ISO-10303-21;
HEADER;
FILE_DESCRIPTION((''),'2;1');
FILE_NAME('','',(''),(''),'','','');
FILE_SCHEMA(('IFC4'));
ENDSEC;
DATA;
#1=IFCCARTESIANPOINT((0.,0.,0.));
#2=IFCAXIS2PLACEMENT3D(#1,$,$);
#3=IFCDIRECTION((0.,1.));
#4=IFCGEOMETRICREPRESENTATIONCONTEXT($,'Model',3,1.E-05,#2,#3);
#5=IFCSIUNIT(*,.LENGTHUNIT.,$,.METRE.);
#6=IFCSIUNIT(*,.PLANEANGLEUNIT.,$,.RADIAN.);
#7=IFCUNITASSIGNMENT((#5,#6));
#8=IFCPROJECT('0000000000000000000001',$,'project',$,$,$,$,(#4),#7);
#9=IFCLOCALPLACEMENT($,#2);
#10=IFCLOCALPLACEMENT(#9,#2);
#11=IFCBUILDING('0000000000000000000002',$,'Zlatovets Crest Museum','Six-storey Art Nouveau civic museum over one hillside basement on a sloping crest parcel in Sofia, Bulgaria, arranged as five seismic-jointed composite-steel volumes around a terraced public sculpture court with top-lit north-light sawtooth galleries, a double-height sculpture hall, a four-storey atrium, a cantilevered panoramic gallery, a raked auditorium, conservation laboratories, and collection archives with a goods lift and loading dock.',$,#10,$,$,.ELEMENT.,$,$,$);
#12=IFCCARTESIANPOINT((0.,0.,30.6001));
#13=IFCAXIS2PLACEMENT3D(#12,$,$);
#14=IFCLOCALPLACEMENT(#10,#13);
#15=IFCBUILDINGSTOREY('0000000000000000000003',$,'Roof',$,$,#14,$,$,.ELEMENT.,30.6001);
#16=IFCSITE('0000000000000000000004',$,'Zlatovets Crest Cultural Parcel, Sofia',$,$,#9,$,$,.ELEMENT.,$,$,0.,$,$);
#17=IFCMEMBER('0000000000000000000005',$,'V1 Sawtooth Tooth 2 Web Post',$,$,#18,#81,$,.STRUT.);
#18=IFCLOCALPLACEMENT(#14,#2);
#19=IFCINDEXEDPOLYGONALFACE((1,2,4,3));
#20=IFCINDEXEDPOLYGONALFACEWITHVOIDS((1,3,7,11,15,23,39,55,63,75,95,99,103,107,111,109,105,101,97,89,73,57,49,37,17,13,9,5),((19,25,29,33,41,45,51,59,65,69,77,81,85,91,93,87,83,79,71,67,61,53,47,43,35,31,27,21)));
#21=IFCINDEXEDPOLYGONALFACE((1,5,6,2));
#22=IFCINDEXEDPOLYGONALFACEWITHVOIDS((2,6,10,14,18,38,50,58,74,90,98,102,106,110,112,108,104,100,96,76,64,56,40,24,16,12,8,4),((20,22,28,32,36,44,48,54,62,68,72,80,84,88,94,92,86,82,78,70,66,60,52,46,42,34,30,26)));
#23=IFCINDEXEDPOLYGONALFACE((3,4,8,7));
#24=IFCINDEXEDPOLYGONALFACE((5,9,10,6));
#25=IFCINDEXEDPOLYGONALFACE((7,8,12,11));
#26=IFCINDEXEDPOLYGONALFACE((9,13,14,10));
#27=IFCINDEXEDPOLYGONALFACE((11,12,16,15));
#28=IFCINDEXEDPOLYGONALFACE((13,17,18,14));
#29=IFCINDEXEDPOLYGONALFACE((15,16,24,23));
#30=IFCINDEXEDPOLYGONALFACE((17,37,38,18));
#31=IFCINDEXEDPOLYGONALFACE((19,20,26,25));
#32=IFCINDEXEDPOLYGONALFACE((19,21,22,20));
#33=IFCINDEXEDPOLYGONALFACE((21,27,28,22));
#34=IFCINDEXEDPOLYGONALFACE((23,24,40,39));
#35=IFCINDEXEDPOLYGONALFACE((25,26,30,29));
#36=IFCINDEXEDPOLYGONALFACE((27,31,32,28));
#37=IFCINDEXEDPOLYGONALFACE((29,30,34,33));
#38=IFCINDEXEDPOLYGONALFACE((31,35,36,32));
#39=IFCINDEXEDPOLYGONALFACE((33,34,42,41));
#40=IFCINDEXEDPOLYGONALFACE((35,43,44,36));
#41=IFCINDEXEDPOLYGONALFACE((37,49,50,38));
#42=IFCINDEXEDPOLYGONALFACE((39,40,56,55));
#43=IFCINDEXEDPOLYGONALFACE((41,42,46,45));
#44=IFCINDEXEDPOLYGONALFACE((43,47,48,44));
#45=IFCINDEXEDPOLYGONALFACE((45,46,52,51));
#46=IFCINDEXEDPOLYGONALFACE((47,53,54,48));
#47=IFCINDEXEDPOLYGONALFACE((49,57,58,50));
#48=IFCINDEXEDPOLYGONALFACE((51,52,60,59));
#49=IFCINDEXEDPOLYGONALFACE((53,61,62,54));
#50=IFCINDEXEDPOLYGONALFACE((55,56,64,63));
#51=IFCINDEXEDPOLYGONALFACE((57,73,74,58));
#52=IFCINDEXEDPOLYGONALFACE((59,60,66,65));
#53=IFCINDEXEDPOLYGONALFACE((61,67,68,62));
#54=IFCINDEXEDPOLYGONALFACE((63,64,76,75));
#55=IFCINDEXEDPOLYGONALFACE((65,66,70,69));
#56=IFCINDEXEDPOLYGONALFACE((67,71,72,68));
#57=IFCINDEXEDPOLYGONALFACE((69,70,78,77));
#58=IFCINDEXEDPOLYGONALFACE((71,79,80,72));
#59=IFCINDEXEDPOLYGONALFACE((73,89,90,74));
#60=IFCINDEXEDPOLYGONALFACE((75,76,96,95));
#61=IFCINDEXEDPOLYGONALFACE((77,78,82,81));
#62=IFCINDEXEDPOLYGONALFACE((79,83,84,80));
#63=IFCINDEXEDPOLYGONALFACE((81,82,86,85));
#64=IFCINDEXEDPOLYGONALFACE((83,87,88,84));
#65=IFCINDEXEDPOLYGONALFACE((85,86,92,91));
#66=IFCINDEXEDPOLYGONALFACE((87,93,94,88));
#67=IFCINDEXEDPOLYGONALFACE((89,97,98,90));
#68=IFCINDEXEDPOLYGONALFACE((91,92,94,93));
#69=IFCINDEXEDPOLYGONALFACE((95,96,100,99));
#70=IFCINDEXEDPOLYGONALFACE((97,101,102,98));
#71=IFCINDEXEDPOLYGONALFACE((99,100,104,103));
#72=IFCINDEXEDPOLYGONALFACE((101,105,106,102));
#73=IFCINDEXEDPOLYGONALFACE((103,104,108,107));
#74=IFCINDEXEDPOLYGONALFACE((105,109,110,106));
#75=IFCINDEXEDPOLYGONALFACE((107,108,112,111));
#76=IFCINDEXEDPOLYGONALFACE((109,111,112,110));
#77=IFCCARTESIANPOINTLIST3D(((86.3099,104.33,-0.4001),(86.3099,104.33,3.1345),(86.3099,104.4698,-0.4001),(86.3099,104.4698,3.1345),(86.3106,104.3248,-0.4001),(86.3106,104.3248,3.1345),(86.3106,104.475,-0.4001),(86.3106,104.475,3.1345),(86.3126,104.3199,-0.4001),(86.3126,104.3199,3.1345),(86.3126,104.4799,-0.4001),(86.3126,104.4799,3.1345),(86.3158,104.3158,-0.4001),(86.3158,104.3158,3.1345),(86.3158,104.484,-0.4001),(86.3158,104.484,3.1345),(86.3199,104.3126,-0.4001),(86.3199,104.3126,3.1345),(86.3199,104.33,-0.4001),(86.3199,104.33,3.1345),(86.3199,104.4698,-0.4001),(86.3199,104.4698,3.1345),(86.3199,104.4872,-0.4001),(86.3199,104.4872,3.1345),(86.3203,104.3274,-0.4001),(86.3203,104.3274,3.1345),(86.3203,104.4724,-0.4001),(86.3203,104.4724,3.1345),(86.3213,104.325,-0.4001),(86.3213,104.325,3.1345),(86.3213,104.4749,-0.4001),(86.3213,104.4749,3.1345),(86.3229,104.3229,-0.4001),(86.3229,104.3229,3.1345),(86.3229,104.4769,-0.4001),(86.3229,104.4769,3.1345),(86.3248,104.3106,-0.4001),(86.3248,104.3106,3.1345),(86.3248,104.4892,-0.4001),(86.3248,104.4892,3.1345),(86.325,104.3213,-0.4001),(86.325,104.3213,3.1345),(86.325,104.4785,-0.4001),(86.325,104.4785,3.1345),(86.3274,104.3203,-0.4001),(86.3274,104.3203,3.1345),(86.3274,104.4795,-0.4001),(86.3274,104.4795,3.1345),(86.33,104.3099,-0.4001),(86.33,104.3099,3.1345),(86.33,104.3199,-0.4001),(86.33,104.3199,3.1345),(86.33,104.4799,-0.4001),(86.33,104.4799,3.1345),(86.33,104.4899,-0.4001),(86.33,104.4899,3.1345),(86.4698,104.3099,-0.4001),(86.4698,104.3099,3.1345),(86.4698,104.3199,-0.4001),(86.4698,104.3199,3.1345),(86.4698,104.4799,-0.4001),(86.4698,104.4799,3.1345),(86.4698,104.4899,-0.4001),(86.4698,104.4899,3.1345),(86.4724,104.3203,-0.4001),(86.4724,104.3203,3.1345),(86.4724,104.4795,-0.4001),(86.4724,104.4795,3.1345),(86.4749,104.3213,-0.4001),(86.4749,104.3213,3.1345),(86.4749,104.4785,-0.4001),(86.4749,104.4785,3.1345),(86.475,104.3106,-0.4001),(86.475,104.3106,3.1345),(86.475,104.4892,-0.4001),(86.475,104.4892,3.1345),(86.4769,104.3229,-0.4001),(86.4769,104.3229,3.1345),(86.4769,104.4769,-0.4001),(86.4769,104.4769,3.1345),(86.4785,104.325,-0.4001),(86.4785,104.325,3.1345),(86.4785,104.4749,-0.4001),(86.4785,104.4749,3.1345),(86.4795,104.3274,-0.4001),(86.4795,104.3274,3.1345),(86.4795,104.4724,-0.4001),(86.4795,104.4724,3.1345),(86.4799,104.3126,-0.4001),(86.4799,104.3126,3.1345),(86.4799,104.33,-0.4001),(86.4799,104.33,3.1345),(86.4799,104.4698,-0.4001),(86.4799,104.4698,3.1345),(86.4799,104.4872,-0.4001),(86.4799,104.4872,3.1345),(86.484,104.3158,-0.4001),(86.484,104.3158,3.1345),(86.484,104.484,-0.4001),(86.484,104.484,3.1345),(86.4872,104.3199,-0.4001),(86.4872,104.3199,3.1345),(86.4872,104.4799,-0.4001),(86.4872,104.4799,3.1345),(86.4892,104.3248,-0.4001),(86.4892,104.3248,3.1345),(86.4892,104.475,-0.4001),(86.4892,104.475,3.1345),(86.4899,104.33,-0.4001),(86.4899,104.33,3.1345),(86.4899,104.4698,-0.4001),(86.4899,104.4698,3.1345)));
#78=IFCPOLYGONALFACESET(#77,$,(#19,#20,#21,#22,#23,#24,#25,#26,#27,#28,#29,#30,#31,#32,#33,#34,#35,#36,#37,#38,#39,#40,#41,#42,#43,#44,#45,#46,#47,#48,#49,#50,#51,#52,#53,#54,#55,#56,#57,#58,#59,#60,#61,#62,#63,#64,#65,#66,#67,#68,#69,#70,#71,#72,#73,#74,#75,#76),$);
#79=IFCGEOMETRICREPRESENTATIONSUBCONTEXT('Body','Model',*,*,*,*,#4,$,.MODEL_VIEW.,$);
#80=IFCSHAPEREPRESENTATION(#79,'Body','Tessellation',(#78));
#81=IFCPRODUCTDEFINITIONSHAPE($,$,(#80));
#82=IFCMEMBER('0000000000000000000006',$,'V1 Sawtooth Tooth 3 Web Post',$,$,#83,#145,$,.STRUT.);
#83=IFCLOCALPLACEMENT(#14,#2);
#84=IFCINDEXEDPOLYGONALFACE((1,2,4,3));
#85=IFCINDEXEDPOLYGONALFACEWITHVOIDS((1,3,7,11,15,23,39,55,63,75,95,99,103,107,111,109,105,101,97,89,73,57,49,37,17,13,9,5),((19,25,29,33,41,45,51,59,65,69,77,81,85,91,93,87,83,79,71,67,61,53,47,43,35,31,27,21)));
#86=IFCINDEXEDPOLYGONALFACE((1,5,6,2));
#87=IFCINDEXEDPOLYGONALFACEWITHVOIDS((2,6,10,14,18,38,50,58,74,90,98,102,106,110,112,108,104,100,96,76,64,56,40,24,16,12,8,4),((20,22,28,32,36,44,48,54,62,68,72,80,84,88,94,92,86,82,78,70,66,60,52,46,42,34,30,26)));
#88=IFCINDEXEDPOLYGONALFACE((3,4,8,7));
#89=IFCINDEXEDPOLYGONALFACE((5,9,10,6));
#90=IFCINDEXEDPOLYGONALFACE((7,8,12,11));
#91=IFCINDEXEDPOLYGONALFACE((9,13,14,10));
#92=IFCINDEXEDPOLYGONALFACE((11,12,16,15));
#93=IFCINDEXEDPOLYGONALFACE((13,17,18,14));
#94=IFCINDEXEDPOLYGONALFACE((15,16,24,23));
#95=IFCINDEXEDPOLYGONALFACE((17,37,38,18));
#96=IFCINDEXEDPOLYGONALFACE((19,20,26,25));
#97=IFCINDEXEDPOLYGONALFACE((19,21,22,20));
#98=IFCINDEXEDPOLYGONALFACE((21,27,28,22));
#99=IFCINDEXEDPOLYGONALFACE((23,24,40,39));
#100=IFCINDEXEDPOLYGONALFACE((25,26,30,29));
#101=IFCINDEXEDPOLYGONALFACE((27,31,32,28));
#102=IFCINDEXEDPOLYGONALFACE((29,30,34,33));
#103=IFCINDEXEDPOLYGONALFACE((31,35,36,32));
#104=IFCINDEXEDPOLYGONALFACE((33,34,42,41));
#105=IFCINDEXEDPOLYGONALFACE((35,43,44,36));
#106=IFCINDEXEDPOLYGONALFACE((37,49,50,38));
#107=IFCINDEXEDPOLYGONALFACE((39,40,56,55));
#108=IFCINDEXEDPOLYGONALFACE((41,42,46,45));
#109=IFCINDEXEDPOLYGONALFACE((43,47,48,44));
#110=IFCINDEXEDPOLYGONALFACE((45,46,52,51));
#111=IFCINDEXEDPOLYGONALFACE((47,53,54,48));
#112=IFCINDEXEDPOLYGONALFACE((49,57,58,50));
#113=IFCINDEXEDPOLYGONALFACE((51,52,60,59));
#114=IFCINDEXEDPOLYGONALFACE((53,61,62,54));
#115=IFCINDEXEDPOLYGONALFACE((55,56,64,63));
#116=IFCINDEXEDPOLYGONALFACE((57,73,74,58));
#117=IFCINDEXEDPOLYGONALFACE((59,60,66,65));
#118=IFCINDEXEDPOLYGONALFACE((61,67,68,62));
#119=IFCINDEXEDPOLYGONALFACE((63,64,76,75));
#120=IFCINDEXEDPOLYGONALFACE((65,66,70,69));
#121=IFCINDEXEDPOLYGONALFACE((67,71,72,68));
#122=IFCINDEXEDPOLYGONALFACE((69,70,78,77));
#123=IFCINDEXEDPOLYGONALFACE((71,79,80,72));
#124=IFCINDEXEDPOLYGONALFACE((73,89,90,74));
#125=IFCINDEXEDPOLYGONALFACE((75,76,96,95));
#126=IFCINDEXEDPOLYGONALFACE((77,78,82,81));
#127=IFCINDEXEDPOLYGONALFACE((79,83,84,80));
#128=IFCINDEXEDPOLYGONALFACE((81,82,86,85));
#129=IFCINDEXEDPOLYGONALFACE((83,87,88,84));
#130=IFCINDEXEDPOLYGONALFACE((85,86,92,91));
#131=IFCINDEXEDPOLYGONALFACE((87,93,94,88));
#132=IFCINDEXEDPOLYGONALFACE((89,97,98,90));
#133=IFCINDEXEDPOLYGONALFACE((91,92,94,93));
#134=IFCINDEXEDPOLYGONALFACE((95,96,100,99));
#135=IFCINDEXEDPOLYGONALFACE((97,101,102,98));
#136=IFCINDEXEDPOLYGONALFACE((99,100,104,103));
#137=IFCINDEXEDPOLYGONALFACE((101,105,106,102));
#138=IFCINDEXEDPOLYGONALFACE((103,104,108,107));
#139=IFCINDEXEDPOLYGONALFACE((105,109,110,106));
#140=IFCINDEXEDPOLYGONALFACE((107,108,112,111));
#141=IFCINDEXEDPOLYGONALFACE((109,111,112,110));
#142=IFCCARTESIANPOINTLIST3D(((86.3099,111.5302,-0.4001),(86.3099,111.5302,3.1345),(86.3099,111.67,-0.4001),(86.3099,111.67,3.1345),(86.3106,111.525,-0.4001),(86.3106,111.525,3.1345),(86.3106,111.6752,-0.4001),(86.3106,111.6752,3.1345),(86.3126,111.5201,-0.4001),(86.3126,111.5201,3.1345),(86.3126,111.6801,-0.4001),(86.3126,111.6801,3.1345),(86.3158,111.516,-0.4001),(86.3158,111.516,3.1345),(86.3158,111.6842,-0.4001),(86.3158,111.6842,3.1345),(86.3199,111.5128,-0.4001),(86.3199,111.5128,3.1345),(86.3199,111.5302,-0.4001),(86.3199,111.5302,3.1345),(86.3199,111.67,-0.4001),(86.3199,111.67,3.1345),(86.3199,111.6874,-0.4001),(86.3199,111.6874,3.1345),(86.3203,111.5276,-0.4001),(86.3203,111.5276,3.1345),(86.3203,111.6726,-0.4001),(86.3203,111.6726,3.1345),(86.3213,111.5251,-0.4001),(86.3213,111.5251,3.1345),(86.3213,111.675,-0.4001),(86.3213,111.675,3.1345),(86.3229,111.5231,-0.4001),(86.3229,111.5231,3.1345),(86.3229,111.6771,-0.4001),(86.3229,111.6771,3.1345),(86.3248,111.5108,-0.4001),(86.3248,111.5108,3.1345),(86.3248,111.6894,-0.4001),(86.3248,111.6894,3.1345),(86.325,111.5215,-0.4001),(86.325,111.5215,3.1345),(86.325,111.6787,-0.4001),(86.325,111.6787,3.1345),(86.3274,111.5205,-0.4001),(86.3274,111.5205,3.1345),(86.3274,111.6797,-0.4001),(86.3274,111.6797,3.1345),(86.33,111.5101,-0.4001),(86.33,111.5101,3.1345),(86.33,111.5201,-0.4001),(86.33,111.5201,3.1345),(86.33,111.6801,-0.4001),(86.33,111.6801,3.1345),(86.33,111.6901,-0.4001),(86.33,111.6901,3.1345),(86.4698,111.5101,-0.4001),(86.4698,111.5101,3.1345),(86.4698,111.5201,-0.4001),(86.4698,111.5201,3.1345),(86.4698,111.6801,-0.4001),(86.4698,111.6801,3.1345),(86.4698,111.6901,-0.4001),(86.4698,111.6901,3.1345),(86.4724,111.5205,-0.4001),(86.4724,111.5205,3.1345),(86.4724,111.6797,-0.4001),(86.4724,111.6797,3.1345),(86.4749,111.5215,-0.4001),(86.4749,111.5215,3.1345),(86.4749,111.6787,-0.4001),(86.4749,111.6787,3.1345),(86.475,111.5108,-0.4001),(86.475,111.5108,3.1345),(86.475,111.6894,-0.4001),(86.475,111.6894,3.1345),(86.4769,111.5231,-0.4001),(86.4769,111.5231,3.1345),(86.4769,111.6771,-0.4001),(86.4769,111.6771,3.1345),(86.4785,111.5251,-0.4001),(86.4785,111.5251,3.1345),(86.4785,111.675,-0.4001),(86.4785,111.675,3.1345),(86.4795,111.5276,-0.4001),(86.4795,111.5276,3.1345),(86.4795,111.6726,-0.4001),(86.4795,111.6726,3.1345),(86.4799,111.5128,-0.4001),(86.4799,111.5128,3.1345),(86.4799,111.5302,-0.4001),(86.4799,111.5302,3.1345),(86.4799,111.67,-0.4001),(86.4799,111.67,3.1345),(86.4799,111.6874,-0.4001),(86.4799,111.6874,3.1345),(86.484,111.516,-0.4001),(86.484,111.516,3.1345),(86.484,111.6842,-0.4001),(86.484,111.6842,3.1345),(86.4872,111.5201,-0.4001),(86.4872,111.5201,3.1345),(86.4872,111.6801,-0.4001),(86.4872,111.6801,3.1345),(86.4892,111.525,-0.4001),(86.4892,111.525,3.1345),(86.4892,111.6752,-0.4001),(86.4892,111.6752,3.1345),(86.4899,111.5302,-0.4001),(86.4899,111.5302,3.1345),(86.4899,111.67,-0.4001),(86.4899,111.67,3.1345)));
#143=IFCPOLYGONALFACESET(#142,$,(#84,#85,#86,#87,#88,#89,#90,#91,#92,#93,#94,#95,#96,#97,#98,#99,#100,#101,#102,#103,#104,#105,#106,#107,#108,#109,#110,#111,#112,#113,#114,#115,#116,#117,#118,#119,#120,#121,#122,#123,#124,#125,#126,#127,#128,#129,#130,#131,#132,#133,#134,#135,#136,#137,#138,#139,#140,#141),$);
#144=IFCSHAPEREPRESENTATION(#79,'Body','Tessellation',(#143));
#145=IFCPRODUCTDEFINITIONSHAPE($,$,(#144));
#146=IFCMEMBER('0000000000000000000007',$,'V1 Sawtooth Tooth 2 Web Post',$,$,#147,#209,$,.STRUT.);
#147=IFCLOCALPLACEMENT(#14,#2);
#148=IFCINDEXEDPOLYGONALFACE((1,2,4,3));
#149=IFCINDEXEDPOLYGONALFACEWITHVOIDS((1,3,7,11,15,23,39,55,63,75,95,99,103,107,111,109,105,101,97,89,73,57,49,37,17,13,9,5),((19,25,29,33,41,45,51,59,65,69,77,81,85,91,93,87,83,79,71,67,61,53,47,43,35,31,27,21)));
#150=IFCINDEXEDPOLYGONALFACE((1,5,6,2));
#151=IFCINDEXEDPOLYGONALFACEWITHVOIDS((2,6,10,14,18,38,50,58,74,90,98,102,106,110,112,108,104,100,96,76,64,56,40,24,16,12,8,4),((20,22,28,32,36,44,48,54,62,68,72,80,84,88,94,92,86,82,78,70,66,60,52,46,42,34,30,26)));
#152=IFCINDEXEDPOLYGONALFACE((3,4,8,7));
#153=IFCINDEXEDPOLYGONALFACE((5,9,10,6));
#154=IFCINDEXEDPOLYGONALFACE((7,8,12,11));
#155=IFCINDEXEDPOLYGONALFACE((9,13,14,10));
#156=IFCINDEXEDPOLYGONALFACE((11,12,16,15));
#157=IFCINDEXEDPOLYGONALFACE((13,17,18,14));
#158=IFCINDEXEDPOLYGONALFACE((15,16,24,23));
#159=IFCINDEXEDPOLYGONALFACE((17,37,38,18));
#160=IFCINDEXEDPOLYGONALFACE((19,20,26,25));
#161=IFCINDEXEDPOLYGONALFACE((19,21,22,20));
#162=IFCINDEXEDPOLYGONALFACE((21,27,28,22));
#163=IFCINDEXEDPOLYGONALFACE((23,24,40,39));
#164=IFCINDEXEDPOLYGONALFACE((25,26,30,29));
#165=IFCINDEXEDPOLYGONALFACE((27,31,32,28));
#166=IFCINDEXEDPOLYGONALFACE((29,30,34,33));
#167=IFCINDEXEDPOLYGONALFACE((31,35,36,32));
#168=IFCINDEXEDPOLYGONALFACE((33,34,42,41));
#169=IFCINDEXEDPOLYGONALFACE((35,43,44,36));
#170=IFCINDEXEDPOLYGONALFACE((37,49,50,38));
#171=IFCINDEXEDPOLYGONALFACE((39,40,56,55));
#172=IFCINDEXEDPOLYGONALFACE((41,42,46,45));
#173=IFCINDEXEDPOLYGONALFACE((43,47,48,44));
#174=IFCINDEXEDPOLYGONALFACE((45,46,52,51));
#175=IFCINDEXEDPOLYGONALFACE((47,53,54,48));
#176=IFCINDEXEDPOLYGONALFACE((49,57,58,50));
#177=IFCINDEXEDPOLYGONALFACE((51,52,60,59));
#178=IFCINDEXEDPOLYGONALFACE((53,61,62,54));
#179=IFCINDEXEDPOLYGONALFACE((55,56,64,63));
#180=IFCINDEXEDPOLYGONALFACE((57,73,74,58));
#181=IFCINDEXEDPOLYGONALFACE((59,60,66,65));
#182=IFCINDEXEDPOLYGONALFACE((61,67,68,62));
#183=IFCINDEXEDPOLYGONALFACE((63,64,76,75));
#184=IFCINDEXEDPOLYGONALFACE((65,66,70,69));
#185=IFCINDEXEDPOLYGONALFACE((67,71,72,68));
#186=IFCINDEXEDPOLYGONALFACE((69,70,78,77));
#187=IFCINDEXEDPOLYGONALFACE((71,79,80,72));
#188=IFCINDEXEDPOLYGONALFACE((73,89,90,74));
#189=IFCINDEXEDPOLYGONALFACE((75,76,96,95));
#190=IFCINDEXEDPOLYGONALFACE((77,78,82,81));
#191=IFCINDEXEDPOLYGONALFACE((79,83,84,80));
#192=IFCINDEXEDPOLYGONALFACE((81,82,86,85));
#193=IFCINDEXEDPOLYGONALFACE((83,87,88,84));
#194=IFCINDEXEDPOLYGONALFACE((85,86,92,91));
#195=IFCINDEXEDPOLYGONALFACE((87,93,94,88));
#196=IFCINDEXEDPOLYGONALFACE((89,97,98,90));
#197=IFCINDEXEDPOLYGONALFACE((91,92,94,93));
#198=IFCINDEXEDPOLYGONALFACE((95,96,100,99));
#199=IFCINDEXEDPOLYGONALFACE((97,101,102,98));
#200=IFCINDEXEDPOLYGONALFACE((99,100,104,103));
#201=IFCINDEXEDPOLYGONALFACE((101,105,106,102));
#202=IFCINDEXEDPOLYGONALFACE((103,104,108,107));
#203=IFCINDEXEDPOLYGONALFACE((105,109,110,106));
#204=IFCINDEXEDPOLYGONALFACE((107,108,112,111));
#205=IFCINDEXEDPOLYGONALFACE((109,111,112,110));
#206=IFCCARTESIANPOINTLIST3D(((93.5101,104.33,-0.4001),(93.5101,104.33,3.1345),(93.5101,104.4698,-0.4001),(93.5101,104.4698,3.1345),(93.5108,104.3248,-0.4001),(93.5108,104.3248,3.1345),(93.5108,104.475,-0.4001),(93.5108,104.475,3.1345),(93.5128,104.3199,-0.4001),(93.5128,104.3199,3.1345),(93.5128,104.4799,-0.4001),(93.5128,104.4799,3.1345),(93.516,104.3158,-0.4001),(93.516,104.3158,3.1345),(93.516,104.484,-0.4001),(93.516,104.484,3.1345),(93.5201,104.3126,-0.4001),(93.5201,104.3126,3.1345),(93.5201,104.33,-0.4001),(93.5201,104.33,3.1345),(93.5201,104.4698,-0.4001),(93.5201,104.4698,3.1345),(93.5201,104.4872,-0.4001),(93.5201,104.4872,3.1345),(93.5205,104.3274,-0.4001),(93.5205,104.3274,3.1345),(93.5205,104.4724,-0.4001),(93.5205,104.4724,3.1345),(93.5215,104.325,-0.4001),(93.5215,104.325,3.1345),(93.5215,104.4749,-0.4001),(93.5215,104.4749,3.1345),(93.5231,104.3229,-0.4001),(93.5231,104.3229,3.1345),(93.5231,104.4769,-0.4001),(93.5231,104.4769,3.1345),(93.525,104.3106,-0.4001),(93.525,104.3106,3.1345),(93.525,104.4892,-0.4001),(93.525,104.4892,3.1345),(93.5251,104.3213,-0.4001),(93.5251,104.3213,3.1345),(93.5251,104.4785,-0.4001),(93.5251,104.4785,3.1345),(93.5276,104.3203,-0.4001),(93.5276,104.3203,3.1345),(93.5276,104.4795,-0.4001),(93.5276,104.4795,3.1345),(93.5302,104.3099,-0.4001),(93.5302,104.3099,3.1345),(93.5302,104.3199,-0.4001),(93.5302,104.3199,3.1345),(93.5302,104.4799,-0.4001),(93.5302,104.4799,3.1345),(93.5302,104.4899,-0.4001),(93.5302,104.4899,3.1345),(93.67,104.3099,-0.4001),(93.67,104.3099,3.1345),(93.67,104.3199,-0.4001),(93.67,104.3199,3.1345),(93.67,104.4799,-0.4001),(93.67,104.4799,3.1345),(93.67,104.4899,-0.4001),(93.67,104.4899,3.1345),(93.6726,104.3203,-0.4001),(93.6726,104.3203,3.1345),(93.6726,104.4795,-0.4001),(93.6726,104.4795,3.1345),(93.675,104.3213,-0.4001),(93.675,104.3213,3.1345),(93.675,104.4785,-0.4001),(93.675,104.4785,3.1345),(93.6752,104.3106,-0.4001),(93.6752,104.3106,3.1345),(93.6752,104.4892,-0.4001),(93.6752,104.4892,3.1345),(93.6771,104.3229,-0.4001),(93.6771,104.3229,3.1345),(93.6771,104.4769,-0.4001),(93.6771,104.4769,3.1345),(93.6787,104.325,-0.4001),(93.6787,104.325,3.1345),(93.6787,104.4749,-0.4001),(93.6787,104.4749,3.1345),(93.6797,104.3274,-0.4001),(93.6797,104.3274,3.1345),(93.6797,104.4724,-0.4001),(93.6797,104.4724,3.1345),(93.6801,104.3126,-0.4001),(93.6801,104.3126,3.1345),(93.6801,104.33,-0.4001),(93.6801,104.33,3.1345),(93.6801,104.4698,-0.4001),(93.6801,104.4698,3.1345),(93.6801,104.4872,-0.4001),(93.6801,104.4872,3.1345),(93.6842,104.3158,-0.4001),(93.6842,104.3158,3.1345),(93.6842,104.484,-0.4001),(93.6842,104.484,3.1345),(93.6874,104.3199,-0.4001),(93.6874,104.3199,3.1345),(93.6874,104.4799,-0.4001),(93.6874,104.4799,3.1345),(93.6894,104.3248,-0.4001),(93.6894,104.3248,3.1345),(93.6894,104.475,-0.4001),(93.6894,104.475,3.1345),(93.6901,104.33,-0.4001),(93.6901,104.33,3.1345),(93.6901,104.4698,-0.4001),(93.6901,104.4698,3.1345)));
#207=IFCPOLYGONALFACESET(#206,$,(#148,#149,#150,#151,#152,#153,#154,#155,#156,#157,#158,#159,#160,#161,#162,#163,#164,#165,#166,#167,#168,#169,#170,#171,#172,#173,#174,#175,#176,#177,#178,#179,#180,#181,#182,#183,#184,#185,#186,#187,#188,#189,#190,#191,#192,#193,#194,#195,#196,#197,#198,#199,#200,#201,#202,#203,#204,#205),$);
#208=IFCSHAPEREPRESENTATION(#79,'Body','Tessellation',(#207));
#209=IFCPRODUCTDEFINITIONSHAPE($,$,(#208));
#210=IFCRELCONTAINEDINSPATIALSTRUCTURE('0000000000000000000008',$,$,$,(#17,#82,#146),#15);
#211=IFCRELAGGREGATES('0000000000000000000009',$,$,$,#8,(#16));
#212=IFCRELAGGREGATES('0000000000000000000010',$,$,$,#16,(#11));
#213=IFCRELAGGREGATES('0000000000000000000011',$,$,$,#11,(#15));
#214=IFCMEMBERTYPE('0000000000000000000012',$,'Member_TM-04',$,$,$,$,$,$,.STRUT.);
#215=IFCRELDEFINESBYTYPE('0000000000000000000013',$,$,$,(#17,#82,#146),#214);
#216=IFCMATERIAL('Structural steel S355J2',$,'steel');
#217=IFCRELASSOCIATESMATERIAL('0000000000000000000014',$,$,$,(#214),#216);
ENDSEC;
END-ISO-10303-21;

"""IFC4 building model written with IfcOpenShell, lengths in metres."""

from ifc_helpers import new_model, si_unit, direction, frame, origin, origin_2d, place, context, subcontext, project, spatial, hollow_rectangle, extrude, material, material_profile, profile_set, type_object, element, save


model = new_model("IFC4")

# Units and contexts
model_context = context("Model", 3, precision=1e-05, world=origin(), true_north=direction((0.0, 1.0)))
body_context = subcontext(model_context, "Body", "Model", "MODEL_VIEW")
ifc_project = project(units=[si_unit("LENGTHUNIT", "METRE"), si_unit("PLANEANGLEUNIT", "RADIAN")], contexts=[model_context])

# Site, building, storey
site_placement = place(None, origin())
site = spatial("IfcSite", under=ifc_project, at=site_placement, Name="Zlatovets Crest Cultural Parcel, Sofia", CompositionType="ELEMENT", RefElevation=0.0)
building_placement = place(site_placement, origin())
building = spatial("IfcBuilding", under=site, at=building_placement, Name="Zlatovets Crest Museum", Description="Six-storey Art Nouveau civic museum over one hillside basement on a sloping crest parcel in Sofia, Bulgaria, arranged as five seismic-jointed composite-steel volumes around a terraced public sculpture court with top-lit north-light sawtooth galleries, a double-height sculpture hall, a four-storey atrium, a cantilevered panoramic gallery, a raked auditorium, conservation laboratories, and collection archives with a goods lift and loading dock.", CompositionType="ELEMENT")
storey_placement = place(building_placement, frame((0.0, 0.0, 30.6001)))
storey = spatial("IfcBuildingStorey", under=building, at=storey_placement, Name="Roof", CompositionType="ELEMENT", Elevation=30.6001)

# Shared definitions
ifc_material_1 = material(Name="Structural steel S355J2", Category="steel")

# Members
ifc_material_profile_1 = material_profile(ifc_material_1, hollow_rectangle(XDim=0.1799, YDim=0.1799, WallThickness=0.01, InnerFilletRadius=0.01, OuterFilletRadius=0.02, at=origin_2d()), Name="SHS 180x180x10.0")
ifc_profile_set_1 = profile_set([ifc_material_profile_1], Name="Structural steel S355J2")
member_type_1 = type_object("IfcMemberType", Name="Member_TM-04", PredefinedType="STRUT", material=ifc_profile_set_1)
for number, where, z_axis, x_axis, name in (
    (1, (86.3999, 104.3999, -0.4001), (0.0, 0.0, 1.0), (1.0, 0.0, 0.0), "V1 Sawtooth Tooth 2 Web Post"),
    (2, (86.3999, 111.6001, -0.4001), (0.0, 0.0, 1.0), (1.0, 0.0, 0.0), "V1 Sawtooth Tooth 3 Web Post"),
    (3, (93.6001, 104.3999, -0.4001), (0.0, 0.0, 1.0), (1.0, 0.0, 0.0), "V1 Sawtooth Tooth 2 Web Post"),
):
    element("IfcMember", number, at=place(storey_placement, frame(where, z_axis=z_axis, x_axis=x_axis)), inside=storey, type_object=member_type_1, Name=name, PredefinedType="STRUT", context=body_context, shape_type="SweptSolid", body=[
        extrude(hollow_rectangle(XDim=0.1799, YDim=0.1799, WallThickness=0.01, InnerFilletRadius=0.01, OuterFilletRadius=0.02, at=origin_2d()), origin(), (0.0, 0.0, 1.0), 3.5347),
    ])

save(model, "model.ifc")
